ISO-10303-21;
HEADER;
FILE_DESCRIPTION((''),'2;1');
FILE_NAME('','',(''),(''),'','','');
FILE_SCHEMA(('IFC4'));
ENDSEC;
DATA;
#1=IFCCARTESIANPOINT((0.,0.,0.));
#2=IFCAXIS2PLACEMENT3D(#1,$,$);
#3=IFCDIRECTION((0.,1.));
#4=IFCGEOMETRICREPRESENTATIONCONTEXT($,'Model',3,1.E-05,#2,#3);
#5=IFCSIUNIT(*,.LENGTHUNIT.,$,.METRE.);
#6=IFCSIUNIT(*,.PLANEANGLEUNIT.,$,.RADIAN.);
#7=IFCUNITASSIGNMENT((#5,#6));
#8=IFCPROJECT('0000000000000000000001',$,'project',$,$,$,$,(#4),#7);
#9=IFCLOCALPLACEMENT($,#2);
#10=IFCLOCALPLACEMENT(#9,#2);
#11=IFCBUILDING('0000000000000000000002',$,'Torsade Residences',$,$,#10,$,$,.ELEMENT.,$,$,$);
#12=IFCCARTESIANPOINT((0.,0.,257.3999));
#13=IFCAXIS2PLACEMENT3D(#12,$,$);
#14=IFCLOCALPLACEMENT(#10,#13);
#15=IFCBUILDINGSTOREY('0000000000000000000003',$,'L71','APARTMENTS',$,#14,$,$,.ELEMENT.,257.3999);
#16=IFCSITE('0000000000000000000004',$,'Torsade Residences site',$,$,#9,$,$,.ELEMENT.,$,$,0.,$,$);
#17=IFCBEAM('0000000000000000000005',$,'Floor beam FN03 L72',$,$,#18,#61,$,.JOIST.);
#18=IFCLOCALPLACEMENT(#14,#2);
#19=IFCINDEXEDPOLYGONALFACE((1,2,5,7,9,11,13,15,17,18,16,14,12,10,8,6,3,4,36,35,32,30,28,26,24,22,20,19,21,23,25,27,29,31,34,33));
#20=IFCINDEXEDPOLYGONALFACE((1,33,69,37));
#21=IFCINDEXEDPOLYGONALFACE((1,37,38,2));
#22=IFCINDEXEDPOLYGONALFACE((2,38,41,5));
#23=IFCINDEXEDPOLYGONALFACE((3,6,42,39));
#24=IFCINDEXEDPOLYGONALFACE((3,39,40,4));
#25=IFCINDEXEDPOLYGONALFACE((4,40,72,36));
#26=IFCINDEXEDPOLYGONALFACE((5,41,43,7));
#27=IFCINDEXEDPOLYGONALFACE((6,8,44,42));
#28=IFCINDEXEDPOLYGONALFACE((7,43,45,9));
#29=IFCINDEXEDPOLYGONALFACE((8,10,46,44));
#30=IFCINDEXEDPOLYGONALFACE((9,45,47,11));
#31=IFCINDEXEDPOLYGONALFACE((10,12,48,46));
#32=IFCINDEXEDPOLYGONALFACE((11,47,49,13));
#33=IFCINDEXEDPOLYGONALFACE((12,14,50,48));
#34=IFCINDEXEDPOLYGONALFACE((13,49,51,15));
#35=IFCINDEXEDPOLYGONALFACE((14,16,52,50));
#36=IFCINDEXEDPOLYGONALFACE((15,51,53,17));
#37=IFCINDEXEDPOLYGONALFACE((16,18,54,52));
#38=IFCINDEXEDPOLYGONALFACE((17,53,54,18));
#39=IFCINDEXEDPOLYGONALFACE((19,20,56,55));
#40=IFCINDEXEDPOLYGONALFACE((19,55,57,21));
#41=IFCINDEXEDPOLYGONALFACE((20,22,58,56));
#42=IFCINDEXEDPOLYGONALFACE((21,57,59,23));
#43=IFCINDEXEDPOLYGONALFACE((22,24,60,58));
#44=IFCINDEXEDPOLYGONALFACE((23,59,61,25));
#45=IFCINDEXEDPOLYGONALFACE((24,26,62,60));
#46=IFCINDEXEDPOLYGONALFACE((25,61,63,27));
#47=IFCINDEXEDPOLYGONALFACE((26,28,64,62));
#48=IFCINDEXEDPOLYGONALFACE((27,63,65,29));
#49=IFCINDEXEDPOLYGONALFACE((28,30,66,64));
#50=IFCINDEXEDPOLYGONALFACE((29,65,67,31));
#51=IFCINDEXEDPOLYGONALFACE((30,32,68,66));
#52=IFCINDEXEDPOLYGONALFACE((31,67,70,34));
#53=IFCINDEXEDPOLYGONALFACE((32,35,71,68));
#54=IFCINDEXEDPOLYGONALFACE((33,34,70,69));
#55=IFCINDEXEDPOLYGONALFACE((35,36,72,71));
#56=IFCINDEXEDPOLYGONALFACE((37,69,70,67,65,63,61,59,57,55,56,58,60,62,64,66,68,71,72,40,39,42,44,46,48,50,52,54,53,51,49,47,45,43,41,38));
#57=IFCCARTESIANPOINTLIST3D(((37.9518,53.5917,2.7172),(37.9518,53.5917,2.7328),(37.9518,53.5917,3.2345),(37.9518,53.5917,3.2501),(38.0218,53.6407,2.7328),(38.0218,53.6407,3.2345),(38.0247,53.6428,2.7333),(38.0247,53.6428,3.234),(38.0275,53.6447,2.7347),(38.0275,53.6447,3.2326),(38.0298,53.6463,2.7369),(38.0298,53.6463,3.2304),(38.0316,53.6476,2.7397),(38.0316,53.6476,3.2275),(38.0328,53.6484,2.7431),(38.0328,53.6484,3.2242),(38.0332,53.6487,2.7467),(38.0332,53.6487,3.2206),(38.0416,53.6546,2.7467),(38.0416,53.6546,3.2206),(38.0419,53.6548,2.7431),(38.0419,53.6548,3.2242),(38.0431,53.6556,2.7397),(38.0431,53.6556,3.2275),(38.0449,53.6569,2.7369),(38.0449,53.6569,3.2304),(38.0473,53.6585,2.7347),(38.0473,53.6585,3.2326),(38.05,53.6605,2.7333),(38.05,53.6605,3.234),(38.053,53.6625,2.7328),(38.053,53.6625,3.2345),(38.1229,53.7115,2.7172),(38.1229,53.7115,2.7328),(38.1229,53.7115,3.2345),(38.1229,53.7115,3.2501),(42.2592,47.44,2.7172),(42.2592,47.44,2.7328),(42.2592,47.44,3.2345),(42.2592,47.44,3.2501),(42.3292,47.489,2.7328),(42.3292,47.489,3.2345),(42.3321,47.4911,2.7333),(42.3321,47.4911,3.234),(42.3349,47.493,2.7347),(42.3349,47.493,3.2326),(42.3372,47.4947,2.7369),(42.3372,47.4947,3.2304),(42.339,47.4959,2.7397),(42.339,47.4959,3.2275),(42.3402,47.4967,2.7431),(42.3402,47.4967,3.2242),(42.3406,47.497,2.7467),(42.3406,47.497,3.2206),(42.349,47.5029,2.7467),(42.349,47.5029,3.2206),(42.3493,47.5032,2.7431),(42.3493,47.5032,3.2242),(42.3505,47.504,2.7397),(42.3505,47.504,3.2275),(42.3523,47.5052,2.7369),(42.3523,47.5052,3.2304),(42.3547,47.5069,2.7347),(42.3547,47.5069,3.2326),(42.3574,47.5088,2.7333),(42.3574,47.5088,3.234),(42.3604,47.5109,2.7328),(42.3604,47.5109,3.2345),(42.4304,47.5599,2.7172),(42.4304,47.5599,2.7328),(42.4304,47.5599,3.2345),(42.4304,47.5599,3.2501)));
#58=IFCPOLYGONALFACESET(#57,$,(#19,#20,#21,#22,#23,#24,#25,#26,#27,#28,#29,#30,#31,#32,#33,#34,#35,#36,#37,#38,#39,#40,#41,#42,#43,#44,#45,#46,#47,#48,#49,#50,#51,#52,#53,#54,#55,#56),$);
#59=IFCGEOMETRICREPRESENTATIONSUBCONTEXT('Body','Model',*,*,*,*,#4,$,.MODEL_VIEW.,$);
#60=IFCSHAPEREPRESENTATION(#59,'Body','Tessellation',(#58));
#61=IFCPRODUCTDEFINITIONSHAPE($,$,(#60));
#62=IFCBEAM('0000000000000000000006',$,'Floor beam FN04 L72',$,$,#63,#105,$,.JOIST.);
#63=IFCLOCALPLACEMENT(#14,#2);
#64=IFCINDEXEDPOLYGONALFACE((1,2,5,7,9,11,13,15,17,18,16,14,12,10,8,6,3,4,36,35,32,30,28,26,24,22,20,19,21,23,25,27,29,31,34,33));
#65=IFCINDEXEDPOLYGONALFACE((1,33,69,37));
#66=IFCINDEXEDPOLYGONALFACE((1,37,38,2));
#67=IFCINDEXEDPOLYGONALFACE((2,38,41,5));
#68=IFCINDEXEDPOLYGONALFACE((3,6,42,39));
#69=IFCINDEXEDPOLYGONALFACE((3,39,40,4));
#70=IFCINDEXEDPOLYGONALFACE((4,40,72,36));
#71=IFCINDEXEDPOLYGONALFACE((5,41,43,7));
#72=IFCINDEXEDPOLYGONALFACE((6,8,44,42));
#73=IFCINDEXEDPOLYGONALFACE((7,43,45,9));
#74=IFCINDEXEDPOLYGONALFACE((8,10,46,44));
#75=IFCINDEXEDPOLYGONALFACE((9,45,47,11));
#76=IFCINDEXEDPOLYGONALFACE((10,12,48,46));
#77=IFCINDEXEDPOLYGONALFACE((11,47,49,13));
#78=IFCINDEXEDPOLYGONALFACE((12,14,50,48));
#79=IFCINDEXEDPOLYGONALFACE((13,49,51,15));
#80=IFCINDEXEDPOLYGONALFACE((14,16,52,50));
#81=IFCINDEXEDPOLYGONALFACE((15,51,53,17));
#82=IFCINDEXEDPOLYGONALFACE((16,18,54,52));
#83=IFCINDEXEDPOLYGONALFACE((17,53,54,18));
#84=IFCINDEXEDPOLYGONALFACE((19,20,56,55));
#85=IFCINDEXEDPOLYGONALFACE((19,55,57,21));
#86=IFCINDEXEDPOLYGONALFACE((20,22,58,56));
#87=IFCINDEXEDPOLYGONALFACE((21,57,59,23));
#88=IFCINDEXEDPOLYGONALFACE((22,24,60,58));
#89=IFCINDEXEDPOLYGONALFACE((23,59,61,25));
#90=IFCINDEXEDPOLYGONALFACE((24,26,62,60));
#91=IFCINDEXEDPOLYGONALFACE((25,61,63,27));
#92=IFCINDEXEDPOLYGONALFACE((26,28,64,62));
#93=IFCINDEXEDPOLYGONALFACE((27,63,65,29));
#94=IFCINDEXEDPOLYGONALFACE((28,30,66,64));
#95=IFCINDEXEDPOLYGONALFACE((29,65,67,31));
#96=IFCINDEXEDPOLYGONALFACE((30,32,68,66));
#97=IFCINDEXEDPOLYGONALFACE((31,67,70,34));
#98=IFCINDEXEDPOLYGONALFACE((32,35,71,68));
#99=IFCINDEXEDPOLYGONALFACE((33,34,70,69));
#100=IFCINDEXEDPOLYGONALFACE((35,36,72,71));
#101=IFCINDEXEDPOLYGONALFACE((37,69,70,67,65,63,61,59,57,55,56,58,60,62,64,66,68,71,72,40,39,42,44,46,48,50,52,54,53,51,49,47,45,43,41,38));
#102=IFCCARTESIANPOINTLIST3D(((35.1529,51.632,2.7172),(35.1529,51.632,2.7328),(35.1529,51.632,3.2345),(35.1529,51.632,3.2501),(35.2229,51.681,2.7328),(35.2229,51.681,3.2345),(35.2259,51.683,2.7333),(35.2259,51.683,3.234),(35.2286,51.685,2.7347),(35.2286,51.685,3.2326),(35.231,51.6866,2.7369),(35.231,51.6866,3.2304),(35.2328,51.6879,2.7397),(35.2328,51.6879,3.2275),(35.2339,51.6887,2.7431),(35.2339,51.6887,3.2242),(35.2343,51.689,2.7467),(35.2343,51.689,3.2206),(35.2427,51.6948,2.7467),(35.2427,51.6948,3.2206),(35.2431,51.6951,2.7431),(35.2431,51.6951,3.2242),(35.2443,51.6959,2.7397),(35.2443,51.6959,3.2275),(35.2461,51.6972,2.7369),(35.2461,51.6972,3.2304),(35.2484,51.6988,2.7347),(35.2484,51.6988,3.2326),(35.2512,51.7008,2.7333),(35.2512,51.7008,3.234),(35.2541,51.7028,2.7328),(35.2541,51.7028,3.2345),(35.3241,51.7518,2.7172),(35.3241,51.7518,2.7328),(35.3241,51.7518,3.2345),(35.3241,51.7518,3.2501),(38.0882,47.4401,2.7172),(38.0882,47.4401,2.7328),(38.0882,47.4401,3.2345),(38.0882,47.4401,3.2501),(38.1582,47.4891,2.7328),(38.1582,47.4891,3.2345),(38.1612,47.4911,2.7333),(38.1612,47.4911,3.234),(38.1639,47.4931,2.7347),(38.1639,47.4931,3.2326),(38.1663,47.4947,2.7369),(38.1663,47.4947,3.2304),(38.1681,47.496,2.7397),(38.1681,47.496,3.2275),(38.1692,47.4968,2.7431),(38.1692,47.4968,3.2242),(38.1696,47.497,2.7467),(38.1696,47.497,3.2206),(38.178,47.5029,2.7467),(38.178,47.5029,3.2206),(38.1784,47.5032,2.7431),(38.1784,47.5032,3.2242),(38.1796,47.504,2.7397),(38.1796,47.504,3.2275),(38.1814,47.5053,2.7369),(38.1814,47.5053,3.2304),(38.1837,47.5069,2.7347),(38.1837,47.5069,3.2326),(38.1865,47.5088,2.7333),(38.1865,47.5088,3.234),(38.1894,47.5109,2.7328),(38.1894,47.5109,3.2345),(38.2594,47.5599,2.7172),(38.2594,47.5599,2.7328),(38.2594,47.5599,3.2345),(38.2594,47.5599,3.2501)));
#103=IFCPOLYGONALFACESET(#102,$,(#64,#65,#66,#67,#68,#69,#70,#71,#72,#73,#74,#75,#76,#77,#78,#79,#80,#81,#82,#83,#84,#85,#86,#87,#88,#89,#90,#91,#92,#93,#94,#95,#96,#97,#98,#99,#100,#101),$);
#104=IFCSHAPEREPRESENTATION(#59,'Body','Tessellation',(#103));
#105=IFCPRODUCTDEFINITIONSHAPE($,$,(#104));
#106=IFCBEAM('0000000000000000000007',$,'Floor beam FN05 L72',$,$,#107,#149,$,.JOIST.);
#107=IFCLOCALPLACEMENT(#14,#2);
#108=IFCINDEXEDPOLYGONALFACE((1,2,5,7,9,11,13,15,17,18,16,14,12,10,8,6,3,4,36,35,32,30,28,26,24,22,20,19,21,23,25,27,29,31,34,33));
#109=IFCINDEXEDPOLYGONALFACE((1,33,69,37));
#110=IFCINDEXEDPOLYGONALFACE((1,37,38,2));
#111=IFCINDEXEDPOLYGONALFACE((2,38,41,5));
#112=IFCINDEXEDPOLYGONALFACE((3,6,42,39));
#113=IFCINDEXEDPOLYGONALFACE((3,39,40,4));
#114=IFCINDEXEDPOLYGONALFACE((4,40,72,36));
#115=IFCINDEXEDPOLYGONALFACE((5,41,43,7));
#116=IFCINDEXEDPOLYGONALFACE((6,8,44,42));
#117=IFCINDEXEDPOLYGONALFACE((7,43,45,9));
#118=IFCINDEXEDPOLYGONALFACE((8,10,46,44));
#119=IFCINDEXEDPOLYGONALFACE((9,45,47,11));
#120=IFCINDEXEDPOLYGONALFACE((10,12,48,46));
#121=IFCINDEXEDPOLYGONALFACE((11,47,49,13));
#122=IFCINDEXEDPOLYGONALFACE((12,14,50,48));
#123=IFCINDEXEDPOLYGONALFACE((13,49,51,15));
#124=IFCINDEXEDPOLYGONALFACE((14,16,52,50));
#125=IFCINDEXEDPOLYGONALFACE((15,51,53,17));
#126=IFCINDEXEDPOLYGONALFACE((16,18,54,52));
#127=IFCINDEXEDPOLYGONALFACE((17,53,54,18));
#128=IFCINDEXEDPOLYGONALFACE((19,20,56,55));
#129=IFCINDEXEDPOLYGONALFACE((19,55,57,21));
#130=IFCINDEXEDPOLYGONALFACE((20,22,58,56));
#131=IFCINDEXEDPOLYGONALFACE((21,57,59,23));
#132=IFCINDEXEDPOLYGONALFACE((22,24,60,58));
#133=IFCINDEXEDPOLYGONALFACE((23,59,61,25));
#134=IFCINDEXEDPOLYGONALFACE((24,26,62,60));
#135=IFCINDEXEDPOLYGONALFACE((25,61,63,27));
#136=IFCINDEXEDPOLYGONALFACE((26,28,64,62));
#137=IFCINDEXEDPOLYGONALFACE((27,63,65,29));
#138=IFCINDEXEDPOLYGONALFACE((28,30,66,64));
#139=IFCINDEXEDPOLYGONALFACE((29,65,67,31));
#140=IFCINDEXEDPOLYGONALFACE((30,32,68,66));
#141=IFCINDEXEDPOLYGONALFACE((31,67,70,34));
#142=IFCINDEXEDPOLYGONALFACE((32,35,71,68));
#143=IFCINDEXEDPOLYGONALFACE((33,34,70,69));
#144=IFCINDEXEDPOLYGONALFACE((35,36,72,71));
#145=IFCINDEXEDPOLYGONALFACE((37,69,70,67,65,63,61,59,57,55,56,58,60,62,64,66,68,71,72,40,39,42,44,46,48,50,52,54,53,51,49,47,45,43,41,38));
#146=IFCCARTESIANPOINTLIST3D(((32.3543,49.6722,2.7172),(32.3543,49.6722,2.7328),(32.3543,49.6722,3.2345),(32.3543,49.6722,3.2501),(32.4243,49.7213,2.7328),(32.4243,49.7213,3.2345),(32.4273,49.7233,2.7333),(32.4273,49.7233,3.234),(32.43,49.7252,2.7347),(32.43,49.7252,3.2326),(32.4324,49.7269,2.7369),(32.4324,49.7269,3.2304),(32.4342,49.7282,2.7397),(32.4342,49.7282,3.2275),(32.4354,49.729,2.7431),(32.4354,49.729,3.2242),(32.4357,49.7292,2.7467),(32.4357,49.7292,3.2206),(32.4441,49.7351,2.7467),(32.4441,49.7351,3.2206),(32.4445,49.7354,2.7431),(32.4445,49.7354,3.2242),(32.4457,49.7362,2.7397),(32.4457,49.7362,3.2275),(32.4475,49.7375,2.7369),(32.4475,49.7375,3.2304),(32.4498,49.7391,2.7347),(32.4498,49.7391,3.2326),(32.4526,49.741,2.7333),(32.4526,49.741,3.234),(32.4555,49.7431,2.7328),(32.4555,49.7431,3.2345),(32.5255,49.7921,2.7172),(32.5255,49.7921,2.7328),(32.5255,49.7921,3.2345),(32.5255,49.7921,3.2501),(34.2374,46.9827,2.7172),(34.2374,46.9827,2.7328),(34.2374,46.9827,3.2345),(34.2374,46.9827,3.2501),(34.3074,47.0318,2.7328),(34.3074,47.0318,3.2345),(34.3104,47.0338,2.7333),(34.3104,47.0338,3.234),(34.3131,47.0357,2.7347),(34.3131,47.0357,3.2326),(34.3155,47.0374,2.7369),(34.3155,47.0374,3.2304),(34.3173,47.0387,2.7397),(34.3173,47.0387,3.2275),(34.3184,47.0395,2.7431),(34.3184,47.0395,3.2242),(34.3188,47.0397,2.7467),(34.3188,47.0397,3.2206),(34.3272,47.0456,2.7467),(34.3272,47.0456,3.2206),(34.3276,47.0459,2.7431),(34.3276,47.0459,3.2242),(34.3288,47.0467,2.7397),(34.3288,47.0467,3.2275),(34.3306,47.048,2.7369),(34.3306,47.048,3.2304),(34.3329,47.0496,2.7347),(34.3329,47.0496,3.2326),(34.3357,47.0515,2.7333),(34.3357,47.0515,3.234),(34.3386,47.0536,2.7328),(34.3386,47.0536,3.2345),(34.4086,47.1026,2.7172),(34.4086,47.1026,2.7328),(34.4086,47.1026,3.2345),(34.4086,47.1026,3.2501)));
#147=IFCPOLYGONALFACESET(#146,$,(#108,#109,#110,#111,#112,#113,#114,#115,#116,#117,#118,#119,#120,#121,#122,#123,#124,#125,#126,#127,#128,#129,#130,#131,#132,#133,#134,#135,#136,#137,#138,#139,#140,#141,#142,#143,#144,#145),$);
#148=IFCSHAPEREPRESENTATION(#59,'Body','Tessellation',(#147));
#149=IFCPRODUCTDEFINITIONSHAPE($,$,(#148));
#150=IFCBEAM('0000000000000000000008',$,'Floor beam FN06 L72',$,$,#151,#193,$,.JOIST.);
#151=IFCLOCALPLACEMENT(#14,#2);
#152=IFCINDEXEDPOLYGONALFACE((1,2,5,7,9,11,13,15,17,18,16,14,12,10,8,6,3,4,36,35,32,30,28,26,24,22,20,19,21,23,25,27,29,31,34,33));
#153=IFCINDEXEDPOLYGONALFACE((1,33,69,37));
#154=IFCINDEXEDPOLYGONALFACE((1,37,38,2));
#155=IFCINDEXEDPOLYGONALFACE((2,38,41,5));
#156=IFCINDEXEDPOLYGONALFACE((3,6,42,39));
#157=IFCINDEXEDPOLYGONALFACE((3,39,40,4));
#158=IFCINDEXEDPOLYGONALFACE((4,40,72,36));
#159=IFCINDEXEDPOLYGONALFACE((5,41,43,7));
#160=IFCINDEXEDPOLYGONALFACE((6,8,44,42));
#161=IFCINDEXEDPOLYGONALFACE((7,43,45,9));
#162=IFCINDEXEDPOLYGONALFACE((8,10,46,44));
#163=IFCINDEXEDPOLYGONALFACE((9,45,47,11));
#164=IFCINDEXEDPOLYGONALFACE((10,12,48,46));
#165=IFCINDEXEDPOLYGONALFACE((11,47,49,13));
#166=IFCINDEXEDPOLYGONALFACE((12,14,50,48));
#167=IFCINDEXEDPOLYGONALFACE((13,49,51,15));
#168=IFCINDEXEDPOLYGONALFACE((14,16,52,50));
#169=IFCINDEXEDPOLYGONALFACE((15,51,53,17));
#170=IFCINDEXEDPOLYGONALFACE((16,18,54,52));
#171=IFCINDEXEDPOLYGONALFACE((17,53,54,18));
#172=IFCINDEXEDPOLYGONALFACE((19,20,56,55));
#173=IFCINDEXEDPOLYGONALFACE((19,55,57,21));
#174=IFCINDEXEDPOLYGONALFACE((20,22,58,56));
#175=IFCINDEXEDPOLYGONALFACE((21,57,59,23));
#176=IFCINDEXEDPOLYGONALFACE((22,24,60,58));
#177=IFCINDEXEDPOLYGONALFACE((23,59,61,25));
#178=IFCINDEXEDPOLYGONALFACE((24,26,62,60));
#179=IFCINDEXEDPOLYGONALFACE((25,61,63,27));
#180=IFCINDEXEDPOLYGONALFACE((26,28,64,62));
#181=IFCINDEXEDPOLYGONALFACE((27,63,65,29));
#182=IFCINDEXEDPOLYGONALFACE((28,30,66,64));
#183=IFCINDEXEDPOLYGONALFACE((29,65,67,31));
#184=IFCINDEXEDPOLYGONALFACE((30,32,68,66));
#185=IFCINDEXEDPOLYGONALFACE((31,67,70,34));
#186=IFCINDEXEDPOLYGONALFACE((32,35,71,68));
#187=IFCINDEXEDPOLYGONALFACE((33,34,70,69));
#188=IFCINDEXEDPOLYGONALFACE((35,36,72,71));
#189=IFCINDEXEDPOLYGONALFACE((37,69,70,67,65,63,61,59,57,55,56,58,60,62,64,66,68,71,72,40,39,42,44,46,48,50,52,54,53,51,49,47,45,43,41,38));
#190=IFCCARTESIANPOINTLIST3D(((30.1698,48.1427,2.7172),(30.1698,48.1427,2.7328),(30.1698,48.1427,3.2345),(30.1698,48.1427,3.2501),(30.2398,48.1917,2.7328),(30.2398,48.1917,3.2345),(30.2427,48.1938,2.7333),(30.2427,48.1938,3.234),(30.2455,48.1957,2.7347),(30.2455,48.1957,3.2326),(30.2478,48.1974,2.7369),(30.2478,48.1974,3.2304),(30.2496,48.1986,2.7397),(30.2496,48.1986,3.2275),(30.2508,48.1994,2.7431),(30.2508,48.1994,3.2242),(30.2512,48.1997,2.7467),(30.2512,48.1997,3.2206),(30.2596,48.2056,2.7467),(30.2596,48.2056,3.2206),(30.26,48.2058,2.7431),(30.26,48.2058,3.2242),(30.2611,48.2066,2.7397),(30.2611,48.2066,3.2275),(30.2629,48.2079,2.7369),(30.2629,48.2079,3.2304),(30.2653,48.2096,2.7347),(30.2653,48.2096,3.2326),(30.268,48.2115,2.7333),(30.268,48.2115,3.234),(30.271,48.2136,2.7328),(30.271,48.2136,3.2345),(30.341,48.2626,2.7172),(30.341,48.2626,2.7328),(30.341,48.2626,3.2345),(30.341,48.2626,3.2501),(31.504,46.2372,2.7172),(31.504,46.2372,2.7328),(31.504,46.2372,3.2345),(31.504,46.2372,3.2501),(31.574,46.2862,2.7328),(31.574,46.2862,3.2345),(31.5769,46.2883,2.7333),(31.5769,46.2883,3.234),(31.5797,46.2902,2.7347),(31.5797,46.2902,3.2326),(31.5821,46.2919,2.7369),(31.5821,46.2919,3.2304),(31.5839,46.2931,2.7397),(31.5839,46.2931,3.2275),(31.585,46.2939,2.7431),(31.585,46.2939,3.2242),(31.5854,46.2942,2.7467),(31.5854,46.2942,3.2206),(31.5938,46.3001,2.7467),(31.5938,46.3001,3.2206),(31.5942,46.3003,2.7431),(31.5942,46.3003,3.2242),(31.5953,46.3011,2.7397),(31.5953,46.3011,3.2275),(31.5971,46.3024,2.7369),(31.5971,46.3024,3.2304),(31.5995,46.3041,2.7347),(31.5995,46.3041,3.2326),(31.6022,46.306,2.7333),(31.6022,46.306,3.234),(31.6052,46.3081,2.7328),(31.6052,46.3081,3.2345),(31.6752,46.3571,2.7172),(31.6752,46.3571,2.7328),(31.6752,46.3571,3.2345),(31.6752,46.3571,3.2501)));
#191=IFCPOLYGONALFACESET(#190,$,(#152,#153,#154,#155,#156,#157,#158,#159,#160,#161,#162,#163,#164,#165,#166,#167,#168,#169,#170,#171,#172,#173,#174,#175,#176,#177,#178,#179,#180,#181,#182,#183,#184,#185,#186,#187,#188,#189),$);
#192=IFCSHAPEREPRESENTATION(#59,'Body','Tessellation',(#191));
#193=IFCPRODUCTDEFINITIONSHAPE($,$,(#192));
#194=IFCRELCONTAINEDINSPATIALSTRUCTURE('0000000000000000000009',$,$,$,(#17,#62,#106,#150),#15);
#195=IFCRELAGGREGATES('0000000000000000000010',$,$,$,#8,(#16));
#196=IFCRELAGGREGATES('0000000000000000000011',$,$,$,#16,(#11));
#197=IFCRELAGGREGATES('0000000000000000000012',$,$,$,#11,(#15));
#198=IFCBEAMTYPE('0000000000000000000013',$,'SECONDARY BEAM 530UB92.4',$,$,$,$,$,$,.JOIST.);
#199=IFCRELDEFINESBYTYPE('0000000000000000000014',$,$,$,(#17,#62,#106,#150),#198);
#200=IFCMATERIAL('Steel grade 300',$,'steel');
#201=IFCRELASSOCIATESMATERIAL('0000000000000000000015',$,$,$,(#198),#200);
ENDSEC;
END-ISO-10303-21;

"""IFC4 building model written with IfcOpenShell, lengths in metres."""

from ifc_helpers import new_model, si_unit, direction, frame, origin, origin_2d, place, context, subcontext, project, spatial, i_section, extrude, material, material_profile, profile_set, type_object, element, save


model = new_model("IFC4")

# Units and contexts
model_context = context("Model", 3, precision=1e-05, world=origin(), true_north=direction((0.0, 1.0)))
body_context = subcontext(model_context, "Body", "Model", "MODEL_VIEW")
ifc_project = project(units=[si_unit("LENGTHUNIT", "METRE"), si_unit("PLANEANGLEUNIT", "RADIAN")], contexts=[model_context])

# Site, building, storey
site_placement = place(None, origin())
site = spatial("IfcSite", under=ifc_project, at=site_placement, Name="Torsade Residences site", CompositionType="ELEMENT", RefElevation=0.0)
building_placement = place(site_placement, origin())
building = spatial("IfcBuilding", under=site, at=building_placement, Name="Torsade Residences", CompositionType="ELEMENT")
storey_placement = place(building_placement, frame((0.0, 0.0, 257.3999)))
storey = spatial("IfcBuildingStorey", under=building, at=storey_placement, Name="L71", Description="APARTMENTS", CompositionType="ELEMENT", Elevation=257.3999)

# Beams
ifc_material_1 = material(Name="Steel grade 300", Category="steel")
ifc_material_profile_1 = material_profile(ifc_material_1, i_section(OverallWidth=0.209, OverallDepth=0.533, WebThickness=0.0103, FlangeThickness=0.0156, FilletRadius=0.0139, at=origin_2d()), Name="530UB92.4")
ifc_profile_set_1 = profile_set([ifc_material_profile_1], Name="Steel grade 300")
beam_type_1 = type_object("IfcBeamType", Name="SECONDARY BEAM 530UB92.4", PredefinedType="JOIST", material=ifc_profile_set_1)
beam_1_placement = place(storey_placement, frame((38.0374, 53.6516, 2.9836), z_axis=(0.573574, -0.819154, 0.0), x_axis=(0.819154, 0.573574, 0.0)))
element("IfcBeam", 1, at=beam_1_placement, inside=storey, type_object=beam_type_1, Name="Floor beam FN03 L72", PredefinedType="JOIST", context=body_context, shape_type="SweptSolid", body=[
    extrude(i_section(OverallWidth=0.209, OverallDepth=0.533, WebThickness=0.0103, FlangeThickness=0.0156, FilletRadius=0.0139, at=origin_2d()), origin(), (0.0, 0.0, 1.0), 7.5098),
])
beam_2_placement = place(storey_placement, frame((35.2385, 51.6919, 2.9836), z_axis=(0.57359, -0.819142, 0.0), x_axis=(0.819142, 0.57359, 0.0)))
element("IfcBeam", 2, at=beam_2_placement, inside=storey, type_object=beam_type_1, Name="Floor beam FN04 L72", PredefinedType="JOIST", context=body_context, shape_type="SweptSolid", body=[
    extrude(i_section(OverallWidth=0.209, OverallDepth=0.533, WebThickness=0.0103, FlangeThickness=0.0156, FilletRadius=0.0139, at=origin_2d()), origin(), (0.0, 0.0, 1.0), 5.1174),
])
beam_3_placement = place(storey_placement, frame((32.4399, 49.7322, 2.9836), z_axis=(0.573552, -0.819169, 0.0), x_axis=(0.819169, 0.573552, 0.0)))
element("IfcBeam", 3, at=beam_3_placement, inside=storey, type_object=beam_type_1, Name="Floor beam FN05 L72", PredefinedType="JOIST", context=body_context, shape_type="SweptSolid", body=[
    extrude(i_section(OverallWidth=0.209, OverallDepth=0.533, WebThickness=0.0103, FlangeThickness=0.0156, FilletRadius=0.0139, at=origin_2d()), origin(), (0.0, 0.0, 1.0), 3.2832),
])
beam_4_placement = place(storey_placement, frame((30.2554, 48.2026, 2.9836), z_axis=(0.573568, -0.819158, 0.0), x_axis=(0.819158, 0.573568, 0.0)))
element("IfcBeam", 4, at=beam_4_placement, inside=storey, type_object=beam_type_1, Name="Floor beam FN06 L72", PredefinedType="JOIST", context=body_context, shape_type="SweptSolid", body=[
    extrude(i_section(OverallWidth=0.209, OverallDepth=0.533, WebThickness=0.0103, FlangeThickness=0.0156, FilletRadius=0.0139, at=origin_2d()), origin(), (0.0, 0.0, 1.0), 2.3262),
])

save(model, "model.ifc")
